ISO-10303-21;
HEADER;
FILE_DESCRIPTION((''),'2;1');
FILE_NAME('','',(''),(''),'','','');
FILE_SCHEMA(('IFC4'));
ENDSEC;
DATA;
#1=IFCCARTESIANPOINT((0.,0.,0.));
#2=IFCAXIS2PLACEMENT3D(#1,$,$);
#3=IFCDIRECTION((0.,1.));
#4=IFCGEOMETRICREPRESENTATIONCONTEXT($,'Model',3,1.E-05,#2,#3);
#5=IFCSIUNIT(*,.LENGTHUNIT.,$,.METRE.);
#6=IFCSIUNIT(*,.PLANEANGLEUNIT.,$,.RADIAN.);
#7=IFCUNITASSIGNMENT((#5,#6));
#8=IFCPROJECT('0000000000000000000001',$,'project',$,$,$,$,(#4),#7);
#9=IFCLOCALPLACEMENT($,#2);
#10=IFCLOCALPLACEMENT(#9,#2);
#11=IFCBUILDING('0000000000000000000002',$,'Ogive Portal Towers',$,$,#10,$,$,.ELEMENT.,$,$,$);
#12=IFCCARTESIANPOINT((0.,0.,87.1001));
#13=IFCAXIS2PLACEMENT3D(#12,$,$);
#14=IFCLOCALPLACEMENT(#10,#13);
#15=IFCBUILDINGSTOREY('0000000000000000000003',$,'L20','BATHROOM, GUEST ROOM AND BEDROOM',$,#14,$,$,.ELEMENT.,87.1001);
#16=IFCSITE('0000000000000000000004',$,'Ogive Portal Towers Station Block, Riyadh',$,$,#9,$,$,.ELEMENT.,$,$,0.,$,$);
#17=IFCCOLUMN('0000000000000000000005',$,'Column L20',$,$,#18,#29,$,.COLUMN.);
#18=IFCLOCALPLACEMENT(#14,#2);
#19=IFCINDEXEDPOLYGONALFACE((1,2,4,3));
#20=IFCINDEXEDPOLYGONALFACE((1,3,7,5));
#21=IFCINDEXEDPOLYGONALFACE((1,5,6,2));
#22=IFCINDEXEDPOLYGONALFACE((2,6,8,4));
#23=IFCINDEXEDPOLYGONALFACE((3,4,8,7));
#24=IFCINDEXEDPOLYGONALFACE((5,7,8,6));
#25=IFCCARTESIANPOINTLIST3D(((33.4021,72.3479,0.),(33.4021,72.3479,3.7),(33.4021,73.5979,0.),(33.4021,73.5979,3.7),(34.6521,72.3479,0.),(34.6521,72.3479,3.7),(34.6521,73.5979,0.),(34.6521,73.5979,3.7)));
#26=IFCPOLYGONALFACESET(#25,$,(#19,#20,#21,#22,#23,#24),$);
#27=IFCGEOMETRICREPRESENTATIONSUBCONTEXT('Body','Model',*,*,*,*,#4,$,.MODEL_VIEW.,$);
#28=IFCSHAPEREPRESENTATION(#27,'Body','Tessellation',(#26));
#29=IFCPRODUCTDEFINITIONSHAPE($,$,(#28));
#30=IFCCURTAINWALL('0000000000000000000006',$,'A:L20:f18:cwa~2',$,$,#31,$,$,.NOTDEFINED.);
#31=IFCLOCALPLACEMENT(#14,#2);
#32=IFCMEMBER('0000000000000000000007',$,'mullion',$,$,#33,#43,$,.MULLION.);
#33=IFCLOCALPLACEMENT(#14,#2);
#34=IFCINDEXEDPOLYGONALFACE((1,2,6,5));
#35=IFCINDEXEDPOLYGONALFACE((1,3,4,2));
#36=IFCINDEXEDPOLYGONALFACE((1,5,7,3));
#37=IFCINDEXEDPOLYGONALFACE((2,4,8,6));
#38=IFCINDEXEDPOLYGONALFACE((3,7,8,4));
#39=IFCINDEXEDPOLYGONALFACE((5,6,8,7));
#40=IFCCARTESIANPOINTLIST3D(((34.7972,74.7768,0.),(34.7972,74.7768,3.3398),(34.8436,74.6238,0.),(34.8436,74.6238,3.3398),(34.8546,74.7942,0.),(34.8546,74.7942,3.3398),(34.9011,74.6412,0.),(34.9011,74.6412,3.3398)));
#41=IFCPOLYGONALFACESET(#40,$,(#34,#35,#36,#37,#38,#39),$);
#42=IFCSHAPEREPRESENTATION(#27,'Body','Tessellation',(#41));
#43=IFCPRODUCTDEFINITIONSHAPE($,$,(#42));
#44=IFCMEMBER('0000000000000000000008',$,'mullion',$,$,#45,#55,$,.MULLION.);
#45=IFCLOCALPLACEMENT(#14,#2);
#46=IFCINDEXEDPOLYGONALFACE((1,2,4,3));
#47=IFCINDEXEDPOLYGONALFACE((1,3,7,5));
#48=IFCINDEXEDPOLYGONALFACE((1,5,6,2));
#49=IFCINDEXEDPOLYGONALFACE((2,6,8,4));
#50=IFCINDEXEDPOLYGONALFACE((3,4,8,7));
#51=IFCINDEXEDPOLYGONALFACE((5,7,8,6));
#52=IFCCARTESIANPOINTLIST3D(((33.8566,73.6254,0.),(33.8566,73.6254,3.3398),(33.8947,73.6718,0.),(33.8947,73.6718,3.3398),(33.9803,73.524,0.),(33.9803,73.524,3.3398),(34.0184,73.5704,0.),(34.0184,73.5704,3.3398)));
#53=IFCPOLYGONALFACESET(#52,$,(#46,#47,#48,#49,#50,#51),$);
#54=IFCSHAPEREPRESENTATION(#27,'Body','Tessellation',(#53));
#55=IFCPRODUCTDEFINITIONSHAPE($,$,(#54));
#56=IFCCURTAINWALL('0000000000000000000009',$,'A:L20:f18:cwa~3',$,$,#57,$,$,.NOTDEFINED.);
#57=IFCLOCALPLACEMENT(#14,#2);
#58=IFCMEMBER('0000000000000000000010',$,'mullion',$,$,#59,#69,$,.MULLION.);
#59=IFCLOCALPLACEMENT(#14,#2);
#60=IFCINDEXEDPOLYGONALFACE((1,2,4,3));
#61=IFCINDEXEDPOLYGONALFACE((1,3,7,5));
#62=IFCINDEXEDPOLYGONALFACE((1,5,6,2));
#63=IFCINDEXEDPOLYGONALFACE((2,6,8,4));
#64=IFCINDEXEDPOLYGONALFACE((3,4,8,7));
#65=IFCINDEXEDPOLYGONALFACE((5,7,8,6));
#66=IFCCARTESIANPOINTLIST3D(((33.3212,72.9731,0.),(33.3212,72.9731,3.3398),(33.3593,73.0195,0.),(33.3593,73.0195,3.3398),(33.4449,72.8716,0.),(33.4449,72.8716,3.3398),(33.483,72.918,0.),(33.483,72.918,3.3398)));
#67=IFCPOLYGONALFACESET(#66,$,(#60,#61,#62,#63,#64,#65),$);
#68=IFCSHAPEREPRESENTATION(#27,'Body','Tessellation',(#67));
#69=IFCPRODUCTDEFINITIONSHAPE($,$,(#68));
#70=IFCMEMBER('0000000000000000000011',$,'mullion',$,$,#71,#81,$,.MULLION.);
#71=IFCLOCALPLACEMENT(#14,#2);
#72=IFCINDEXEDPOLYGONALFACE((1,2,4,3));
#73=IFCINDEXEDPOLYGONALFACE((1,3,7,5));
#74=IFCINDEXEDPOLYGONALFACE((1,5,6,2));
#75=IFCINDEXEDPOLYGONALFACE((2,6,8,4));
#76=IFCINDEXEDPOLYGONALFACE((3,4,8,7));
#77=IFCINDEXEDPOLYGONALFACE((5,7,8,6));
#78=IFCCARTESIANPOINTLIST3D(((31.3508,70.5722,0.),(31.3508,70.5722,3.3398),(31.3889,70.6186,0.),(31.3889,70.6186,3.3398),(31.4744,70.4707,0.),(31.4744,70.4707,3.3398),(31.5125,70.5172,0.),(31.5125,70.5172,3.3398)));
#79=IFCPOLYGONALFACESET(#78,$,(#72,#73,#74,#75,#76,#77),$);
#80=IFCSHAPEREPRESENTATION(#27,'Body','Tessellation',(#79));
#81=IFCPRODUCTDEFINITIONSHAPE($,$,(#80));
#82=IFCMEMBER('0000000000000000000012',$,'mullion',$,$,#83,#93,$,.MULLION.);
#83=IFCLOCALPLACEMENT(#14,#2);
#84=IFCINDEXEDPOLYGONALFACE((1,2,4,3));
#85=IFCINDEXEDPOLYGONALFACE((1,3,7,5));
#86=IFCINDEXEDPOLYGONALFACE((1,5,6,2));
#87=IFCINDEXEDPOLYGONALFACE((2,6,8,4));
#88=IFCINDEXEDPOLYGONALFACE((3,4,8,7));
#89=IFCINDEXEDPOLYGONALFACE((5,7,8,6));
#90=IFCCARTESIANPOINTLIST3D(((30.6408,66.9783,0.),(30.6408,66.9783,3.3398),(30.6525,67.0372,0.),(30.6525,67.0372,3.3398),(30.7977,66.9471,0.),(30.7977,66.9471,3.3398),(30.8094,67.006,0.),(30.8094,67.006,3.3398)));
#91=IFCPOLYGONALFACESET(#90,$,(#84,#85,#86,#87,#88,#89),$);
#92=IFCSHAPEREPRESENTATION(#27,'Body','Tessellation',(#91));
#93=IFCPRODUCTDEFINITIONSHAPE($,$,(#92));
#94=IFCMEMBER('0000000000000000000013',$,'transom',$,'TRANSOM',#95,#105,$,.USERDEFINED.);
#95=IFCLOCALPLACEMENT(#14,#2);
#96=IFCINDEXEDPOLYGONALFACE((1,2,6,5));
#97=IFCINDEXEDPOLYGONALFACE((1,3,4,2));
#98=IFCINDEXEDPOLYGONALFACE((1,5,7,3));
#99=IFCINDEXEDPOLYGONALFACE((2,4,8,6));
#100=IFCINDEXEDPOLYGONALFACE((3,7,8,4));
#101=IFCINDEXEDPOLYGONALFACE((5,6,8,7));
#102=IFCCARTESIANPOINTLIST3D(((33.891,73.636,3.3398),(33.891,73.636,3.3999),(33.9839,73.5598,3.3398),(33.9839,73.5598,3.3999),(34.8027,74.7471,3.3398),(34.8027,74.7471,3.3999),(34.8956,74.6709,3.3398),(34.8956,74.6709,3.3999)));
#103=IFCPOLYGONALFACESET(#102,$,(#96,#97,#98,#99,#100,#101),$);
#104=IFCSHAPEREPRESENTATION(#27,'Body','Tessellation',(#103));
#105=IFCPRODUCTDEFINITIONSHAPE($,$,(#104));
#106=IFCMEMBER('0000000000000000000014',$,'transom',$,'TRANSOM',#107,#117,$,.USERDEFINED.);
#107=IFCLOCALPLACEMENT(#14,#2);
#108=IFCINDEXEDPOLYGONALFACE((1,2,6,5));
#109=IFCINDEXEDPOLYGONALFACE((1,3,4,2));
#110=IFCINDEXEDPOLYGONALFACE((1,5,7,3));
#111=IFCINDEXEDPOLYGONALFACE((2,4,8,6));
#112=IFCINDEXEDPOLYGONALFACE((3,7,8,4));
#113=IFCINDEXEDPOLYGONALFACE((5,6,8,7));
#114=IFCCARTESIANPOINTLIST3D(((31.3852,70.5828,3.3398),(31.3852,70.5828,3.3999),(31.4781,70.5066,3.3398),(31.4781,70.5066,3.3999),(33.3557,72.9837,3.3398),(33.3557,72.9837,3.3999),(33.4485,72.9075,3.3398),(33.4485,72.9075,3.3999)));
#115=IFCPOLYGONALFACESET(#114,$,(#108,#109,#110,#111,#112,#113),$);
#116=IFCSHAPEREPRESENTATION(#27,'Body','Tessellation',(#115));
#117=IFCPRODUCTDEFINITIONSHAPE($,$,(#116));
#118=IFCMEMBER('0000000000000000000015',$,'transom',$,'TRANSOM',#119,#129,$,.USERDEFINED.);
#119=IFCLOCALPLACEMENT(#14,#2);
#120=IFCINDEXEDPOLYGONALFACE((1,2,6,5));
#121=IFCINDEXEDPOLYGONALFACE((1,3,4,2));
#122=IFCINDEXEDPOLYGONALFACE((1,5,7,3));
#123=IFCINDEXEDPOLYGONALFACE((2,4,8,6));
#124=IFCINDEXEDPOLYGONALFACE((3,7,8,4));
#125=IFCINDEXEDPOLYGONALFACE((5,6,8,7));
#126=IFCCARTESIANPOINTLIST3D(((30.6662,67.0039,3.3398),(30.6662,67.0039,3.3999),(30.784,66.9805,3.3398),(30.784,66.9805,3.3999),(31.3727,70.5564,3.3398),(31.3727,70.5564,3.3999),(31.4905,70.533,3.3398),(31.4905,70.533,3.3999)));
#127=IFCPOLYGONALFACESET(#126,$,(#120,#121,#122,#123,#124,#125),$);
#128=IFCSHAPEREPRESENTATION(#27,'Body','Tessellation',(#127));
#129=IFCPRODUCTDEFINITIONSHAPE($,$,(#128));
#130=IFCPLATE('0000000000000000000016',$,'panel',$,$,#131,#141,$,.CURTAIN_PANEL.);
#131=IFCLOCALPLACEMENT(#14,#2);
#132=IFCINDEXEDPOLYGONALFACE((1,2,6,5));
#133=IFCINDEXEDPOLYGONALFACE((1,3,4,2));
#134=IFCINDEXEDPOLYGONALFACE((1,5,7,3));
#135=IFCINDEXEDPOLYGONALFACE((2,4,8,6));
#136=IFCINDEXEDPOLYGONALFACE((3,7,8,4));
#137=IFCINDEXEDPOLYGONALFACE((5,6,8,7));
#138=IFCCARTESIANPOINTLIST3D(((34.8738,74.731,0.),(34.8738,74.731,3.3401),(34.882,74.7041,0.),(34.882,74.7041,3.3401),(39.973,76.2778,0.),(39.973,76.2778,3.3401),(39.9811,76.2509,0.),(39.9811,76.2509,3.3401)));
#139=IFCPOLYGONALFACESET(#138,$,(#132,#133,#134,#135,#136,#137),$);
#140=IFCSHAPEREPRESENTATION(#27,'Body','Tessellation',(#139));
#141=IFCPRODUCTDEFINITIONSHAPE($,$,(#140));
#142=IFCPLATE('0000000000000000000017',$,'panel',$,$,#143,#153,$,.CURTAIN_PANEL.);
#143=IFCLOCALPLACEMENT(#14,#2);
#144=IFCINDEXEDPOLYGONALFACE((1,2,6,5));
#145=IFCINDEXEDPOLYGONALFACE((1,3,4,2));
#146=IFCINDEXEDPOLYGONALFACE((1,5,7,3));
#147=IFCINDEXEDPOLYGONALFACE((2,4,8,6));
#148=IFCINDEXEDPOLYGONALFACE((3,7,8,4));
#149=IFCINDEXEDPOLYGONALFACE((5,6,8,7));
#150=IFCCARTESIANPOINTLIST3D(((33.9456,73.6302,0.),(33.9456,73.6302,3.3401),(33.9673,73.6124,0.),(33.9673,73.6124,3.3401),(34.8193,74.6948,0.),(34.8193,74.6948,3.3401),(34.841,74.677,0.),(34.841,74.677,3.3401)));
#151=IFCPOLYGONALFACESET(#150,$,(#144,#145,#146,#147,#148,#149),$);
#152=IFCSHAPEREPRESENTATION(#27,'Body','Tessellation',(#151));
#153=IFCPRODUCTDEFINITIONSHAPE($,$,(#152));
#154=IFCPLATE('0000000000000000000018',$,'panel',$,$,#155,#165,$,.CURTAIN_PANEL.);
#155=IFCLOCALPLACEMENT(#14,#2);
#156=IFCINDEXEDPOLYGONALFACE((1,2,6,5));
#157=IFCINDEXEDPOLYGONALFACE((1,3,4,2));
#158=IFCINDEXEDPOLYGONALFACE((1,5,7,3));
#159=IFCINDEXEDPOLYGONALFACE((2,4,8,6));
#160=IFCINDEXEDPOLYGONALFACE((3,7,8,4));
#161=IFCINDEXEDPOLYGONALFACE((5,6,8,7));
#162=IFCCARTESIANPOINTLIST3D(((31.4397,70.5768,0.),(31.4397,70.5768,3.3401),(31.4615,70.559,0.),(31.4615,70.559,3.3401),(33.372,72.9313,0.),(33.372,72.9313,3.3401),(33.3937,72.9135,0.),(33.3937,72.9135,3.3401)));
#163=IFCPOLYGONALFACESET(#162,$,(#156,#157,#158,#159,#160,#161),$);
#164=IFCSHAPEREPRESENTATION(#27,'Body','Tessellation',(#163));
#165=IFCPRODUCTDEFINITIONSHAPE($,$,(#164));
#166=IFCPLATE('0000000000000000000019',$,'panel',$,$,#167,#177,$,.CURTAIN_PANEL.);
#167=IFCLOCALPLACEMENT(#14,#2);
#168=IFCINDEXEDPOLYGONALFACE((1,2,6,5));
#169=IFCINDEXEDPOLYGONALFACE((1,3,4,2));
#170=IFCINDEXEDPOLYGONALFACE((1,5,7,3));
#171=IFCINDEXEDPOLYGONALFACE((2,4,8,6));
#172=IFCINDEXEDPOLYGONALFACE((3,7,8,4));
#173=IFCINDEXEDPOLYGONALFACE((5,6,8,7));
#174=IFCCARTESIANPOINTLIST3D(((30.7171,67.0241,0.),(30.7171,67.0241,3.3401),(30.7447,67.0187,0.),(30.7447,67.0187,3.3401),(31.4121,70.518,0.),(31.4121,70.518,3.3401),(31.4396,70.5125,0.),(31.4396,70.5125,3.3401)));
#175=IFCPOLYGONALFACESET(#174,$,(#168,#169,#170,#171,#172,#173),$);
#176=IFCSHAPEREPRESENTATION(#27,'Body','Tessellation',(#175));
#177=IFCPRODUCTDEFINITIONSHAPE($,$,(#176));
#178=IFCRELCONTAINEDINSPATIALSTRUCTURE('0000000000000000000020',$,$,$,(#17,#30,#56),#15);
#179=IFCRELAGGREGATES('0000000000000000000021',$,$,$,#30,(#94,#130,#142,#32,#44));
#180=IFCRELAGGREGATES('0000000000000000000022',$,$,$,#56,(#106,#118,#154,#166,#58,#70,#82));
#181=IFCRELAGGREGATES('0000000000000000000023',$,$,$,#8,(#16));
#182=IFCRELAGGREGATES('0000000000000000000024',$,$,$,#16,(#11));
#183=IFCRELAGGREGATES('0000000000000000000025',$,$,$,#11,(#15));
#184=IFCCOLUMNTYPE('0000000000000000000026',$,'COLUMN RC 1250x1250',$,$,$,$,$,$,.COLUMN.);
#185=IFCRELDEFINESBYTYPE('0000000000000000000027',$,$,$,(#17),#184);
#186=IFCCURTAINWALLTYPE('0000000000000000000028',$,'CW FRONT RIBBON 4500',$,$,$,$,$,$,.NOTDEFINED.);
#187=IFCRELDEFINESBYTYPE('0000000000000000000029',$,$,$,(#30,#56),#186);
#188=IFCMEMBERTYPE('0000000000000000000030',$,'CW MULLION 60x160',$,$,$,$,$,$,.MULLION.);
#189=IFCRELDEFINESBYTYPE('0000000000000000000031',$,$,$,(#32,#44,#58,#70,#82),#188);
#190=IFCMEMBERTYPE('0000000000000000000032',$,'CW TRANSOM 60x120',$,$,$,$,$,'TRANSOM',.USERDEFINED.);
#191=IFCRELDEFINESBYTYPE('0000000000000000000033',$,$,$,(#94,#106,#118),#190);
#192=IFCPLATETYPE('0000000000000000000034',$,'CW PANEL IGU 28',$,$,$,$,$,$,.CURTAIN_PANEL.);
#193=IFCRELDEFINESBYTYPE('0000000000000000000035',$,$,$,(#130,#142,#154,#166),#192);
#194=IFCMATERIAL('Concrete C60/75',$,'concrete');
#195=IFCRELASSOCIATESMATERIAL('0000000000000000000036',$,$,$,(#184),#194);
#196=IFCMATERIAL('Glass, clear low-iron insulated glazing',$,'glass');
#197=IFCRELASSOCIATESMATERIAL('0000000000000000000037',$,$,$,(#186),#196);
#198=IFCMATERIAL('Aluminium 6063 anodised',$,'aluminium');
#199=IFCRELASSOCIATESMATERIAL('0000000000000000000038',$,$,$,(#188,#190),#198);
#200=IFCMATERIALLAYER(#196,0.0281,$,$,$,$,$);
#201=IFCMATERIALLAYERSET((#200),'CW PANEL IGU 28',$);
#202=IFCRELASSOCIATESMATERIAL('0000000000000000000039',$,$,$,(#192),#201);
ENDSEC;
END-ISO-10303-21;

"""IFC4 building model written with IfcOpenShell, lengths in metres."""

from ifc_helpers import new_model, si_unit, direction, frame, origin, origin_2d, place, context, subcontext, project, spatial, rectangle, extrude, material, layer, layer_set, material_profile, profile_set, type_object, element, aggregate, save


model = new_model("IFC4")

# Units and contexts
model_context = context("Model", 3, precision=1e-05, world=origin(), true_north=direction((0.0, 1.0)))
body_context = subcontext(model_context, "Body", "Model", "MODEL_VIEW")
ifc_project = project(units=[si_unit("LENGTHUNIT", "METRE"), si_unit("PLANEANGLEUNIT", "RADIAN")], contexts=[model_context])

# Site, building, storey
site_placement = place(None, origin())
site = spatial("IfcSite", under=ifc_project, at=site_placement, Name="Ogive Portal Towers Station Block, Riyadh", CompositionType="ELEMENT", RefElevation=0.0)
building_placement = place(site_placement, origin())
building = spatial("IfcBuilding", under=site, at=building_placement, Name="Ogive Portal Towers", CompositionType="ELEMENT")
storey_placement = place(building_placement, frame((0.0, 0.0, 87.1001)))
storey = spatial("IfcBuildingStorey", under=building, at=storey_placement, Name="L20", Description="BATHROOM, GUEST ROOM AND BEDROOM", CompositionType="ELEMENT", Elevation=87.1001)

# Column
ifc_material_1 = material(Name="Concrete C60/75", Category="concrete")
ifc_material_profile_1 = material_profile(ifc_material_1, rectangle(XDim=1.25, YDim=1.25, at=origin_2d()), Name="RC 1250x1250")
ifc_profile_set_1 = profile_set([ifc_material_profile_1], Name="Concrete C60/75")
column_type = type_object("IfcColumnType", Name="COLUMN RC 1250x1250", PredefinedType="COLUMN", material=ifc_profile_set_1)
column_placement = place(storey_placement, frame((34.0271, 72.9729, 0.0), z_axis=(0.0, 0.0, 1.0), x_axis=(1.0, 0.0, 0.0)))
element("IfcColumn", 1, at=column_placement, inside=storey, type_object=column_type, Name="Column L20", PredefinedType="COLUMN", context=body_context, shape_type="SweptSolid", body=[
    extrude(rectangle(XDim=1.25, YDim=1.25, at=origin_2d()), origin(), (0.0, 0.0, 1.0), 3.7),
])

# Curtain walls, members
ifc_material_2 = material(Name="Glass, clear low-iron insulated glazing", Category="glass")
curtain_wall_type = type_object("IfcCurtainWallType", Name="CW FRONT RIBBON 4500", PredefinedType="NOTDEFINED", material=ifc_material_2)
curtain_wall_1_placement = place(storey_placement, origin())
curtain_wall_1 = element("IfcCurtainWall", 2, at=curtain_wall_1_placement, inside=storey, type_object=curtain_wall_type, Name="A:L20:f18:cwa~2", PredefinedType="NOTDEFINED")
ifc_material_3 = material(Name="Aluminium 6063 anodised", Category="aluminium")
ifc_material_profile_2 = material_profile(ifc_material_3, rectangle(XDim=0.1599, YDim=0.0601, at=origin_2d()), Name="AL 60x160")
ifc_profile_set_2 = profile_set([ifc_material_profile_2], Name="Aluminium 6063 anodised")
member_type_1 = type_object("IfcMemberType", Name="CW MULLION 60x160", PredefinedType="MULLION", material=ifc_profile_set_2)
member_1_placement = place(storey_placement, frame((34.8491, 74.709, 0.0), z_axis=(0.0, 0.0, 1.0), x_axis=(0.290285, -0.95694, 0.0)))
member_1 = element("IfcMember", 3, at=member_1_placement, type_object=member_type_1, Name="mullion", PredefinedType="MULLION", context=body_context, shape_type="SweptSolid", body=[
    extrude(rectangle(XDim=0.1599, YDim=0.0601, at=origin_2d()), origin(), (0.0, 0.0, 1.0), 3.3398),
])
member_2_placement = place(storey_placement, frame((33.9375, 73.5979, 0.0), z_axis=(0.0, 0.0, 1.0), x_axis=(0.77301, -0.634393, 0.0)))
member_2 = element("IfcMember", 4, at=member_2_placement, type_object=member_type_1, Name="mullion", PredefinedType="MULLION", context=body_context, shape_type="SweptSolid", body=[
    extrude(rectangle(XDim=0.1599, YDim=0.0601, at=origin_2d()), origin(), (0.0, 0.0, 1.0), 3.3398),
])
curtain_wall_2_placement = place(storey_placement, origin())
curtain_wall_2 = element("IfcCurtainWall", 5, at=curtain_wall_2_placement, inside=storey, type_object=curtain_wall_type, Name="A:L20:f18:cwa~3", PredefinedType="NOTDEFINED")
member_3_placement = place(storey_placement, frame((33.4021, 72.9456, 0.0), z_axis=(0.0, 0.0, 1.0), x_axis=(0.77301, -0.634393, 0.0)))
member_3 = element("IfcMember", 6, at=member_3_placement, type_object=member_type_1, Name="mullion", PredefinedType="MULLION", context=body_context, shape_type="SweptSolid", body=[
    extrude(rectangle(XDim=0.1599, YDim=0.0601, at=origin_2d()), origin(), (0.0, 0.0, 1.0), 3.3398),
])
member_4_placement = place(storey_placement, frame((31.4316, 70.5447, 0.0), z_axis=(0.0, 0.0, 1.0), x_axis=(0.77301, -0.634393, 0.0)))
member_4 = element("IfcMember", 7, at=member_4_placement, type_object=member_type_1, Name="mullion", PredefinedType="MULLION", context=body_context, shape_type="SweptSolid", body=[
    extrude(rectangle(XDim=0.1599, YDim=0.0601, at=origin_2d()), origin(), (0.0, 0.0, 1.0), 3.3398),
])
member_5_placement = place(storey_placement, frame((30.7251, 66.9922, 0.0), z_axis=(0.0, 0.0, 1.0), x_axis=(0.980785, -0.19509, 0.0)))
member_5 = element("IfcMember", 8, at=member_5_placement, type_object=member_type_1, Name="mullion", PredefinedType="MULLION", context=body_context, shape_type="SweptSolid", body=[
    extrude(rectangle(XDim=0.1599, YDim=0.0601, at=origin_2d()), origin(), (0.0, 0.0, 1.0), 3.3398),
])

# Members
ifc_material_profile_3 = material_profile(ifc_material_3, rectangle(XDim=0.1201, YDim=0.0601, at=origin_2d()), Name="AL 120x60")
ifc_profile_set_3 = profile_set([ifc_material_profile_3], Name="Aluminium 6063 anodised")
member_type_2 = type_object("IfcMemberType", Name="CW TRANSOM 60x120", ElementType="TRANSOM", PredefinedType="USERDEFINED", material=ifc_profile_set_3)
member_6_placement = place(storey_placement, frame((34.8491, 74.709, 3.3699), z_axis=(-0.634301, -0.773086, 0.0), x_axis=(0.773086, -0.634301, 0.0)))
member_6 = element("IfcMember", 9, at=member_6_placement, type_object=member_type_2, Name="transom", ObjectType="TRANSOM", PredefinedType="USERDEFINED", context=body_context, shape_type="SweptSolid", body=[
    extrude(rectangle(XDim=0.1201, YDim=0.0601, at=origin_2d()), origin(), (0.0, 0.0, 1.0), 1.4373),
])
member_7_placement = place(storey_placement, frame((33.4021, 72.9456, 3.3699), z_axis=(-0.634414, -0.772993, 0.0), x_axis=(0.772993, -0.634414, 0.0)))
member_7 = element("IfcMember", 10, at=member_7_placement, type_object=member_type_2, Name="transom", ObjectType="TRANSOM", PredefinedType="USERDEFINED", context=body_context, shape_type="SweptSolid", body=[
    extrude(rectangle(XDim=0.1201, YDim=0.0601, at=origin_2d()), origin(), (0.0, 0.0, 1.0), 3.106),
])
member_8_placement = place(storey_placement, frame((31.4316, 70.5447, 3.3699), z_axis=(-0.195066, -0.98079, 0.0), x_axis=(0.98079, -0.195066, 0.0)))
member_8 = element("IfcMember", 11, at=member_8_placement, type_object=member_type_2, Name="transom", ObjectType="TRANSOM", PredefinedType="USERDEFINED", context=body_context, shape_type="SweptSolid", body=[
    extrude(rectangle(XDim=0.1201, YDim=0.0601, at=origin_2d()), origin(), (0.0, 0.0, 1.0), 3.6221),
])

# Plates
ifc_layer_1 = layer(ifc_material_2, 0.0281)
ifc_layer_set_1 = layer_set([ifc_layer_1], Name="CW PANEL IGU 28")
plate_type = type_object("IfcPlateType", Name="CW PANEL IGU 28", PredefinedType="CURTAIN_PANEL", material=ifc_layer_set_1)
plate_1_placement = place(storey_placement, frame((37.4275, 75.491, 0.0), z_axis=(0.0, 0.0, 1.0), x_axis=(-0.95694, -0.290285, 0.0)))
plate_1 = element("IfcPlate", 12, at=plate_1_placement, type_object=plate_type, Name="panel", PredefinedType="CURTAIN_PANEL", context=body_context, shape_type="SweptSolid", body=[
    extrude(rectangle(XDim=5.3286, YDim=0.0281, at=origin_2d()), origin(), (0.0, 0.0, 1.0), 3.3401),
])
plate_2_placement = place(storey_placement, frame((34.3933, 74.1536, 0.0), z_axis=(0.0, 0.0, 1.0), x_axis=(-0.634393, -0.77301, 0.0)))
plate_2 = element("IfcPlate", 13, at=plate_2_placement, type_object=plate_type, Name="panel", PredefinedType="CURTAIN_PANEL", context=body_context, shape_type="SweptSolid", body=[
    extrude(rectangle(XDim=1.3772, YDim=0.0281, at=origin_2d()), origin(), (0.0, 0.0, 1.0), 3.3401),
])
aggregate(curtain_wall_1, [member_6, plate_1, plate_2, member_1, member_2])
plate_3_placement = place(storey_placement, frame((32.4167, 71.7451, 0.0), z_axis=(0.0, 0.0, 1.0), x_axis=(-0.634393, -0.77301, 0.0)))
plate_3 = element("IfcPlate", 14, at=plate_3_placement, type_object=plate_type, Name="panel", PredefinedType="CURTAIN_PANEL", context=body_context, shape_type="SweptSolid", body=[
    extrude(rectangle(XDim=3.0459, YDim=0.0281, at=origin_2d()), origin(), (0.0, 0.0, 1.0), 3.3401),
])
plate_4_placement = place(storey_placement, frame((31.0784, 68.7683, 0.0), z_axis=(0.0, 0.0, 1.0), x_axis=(-0.19509, -0.980785, 0.0)))
plate_4 = element("IfcPlate", 15, at=plate_4_placement, type_object=plate_type, Name="panel", PredefinedType="CURTAIN_PANEL", context=body_context, shape_type="SweptSolid", body=[
    extrude(rectangle(XDim=3.5623, YDim=0.0281, at=origin_2d()), origin(), (0.0, 0.0, 1.0), 3.3401),
])
aggregate(curtain_wall_2, [member_7, member_8, plate_3, plate_4, member_3, member_4, member_5])

save(model, "model.ifc")
